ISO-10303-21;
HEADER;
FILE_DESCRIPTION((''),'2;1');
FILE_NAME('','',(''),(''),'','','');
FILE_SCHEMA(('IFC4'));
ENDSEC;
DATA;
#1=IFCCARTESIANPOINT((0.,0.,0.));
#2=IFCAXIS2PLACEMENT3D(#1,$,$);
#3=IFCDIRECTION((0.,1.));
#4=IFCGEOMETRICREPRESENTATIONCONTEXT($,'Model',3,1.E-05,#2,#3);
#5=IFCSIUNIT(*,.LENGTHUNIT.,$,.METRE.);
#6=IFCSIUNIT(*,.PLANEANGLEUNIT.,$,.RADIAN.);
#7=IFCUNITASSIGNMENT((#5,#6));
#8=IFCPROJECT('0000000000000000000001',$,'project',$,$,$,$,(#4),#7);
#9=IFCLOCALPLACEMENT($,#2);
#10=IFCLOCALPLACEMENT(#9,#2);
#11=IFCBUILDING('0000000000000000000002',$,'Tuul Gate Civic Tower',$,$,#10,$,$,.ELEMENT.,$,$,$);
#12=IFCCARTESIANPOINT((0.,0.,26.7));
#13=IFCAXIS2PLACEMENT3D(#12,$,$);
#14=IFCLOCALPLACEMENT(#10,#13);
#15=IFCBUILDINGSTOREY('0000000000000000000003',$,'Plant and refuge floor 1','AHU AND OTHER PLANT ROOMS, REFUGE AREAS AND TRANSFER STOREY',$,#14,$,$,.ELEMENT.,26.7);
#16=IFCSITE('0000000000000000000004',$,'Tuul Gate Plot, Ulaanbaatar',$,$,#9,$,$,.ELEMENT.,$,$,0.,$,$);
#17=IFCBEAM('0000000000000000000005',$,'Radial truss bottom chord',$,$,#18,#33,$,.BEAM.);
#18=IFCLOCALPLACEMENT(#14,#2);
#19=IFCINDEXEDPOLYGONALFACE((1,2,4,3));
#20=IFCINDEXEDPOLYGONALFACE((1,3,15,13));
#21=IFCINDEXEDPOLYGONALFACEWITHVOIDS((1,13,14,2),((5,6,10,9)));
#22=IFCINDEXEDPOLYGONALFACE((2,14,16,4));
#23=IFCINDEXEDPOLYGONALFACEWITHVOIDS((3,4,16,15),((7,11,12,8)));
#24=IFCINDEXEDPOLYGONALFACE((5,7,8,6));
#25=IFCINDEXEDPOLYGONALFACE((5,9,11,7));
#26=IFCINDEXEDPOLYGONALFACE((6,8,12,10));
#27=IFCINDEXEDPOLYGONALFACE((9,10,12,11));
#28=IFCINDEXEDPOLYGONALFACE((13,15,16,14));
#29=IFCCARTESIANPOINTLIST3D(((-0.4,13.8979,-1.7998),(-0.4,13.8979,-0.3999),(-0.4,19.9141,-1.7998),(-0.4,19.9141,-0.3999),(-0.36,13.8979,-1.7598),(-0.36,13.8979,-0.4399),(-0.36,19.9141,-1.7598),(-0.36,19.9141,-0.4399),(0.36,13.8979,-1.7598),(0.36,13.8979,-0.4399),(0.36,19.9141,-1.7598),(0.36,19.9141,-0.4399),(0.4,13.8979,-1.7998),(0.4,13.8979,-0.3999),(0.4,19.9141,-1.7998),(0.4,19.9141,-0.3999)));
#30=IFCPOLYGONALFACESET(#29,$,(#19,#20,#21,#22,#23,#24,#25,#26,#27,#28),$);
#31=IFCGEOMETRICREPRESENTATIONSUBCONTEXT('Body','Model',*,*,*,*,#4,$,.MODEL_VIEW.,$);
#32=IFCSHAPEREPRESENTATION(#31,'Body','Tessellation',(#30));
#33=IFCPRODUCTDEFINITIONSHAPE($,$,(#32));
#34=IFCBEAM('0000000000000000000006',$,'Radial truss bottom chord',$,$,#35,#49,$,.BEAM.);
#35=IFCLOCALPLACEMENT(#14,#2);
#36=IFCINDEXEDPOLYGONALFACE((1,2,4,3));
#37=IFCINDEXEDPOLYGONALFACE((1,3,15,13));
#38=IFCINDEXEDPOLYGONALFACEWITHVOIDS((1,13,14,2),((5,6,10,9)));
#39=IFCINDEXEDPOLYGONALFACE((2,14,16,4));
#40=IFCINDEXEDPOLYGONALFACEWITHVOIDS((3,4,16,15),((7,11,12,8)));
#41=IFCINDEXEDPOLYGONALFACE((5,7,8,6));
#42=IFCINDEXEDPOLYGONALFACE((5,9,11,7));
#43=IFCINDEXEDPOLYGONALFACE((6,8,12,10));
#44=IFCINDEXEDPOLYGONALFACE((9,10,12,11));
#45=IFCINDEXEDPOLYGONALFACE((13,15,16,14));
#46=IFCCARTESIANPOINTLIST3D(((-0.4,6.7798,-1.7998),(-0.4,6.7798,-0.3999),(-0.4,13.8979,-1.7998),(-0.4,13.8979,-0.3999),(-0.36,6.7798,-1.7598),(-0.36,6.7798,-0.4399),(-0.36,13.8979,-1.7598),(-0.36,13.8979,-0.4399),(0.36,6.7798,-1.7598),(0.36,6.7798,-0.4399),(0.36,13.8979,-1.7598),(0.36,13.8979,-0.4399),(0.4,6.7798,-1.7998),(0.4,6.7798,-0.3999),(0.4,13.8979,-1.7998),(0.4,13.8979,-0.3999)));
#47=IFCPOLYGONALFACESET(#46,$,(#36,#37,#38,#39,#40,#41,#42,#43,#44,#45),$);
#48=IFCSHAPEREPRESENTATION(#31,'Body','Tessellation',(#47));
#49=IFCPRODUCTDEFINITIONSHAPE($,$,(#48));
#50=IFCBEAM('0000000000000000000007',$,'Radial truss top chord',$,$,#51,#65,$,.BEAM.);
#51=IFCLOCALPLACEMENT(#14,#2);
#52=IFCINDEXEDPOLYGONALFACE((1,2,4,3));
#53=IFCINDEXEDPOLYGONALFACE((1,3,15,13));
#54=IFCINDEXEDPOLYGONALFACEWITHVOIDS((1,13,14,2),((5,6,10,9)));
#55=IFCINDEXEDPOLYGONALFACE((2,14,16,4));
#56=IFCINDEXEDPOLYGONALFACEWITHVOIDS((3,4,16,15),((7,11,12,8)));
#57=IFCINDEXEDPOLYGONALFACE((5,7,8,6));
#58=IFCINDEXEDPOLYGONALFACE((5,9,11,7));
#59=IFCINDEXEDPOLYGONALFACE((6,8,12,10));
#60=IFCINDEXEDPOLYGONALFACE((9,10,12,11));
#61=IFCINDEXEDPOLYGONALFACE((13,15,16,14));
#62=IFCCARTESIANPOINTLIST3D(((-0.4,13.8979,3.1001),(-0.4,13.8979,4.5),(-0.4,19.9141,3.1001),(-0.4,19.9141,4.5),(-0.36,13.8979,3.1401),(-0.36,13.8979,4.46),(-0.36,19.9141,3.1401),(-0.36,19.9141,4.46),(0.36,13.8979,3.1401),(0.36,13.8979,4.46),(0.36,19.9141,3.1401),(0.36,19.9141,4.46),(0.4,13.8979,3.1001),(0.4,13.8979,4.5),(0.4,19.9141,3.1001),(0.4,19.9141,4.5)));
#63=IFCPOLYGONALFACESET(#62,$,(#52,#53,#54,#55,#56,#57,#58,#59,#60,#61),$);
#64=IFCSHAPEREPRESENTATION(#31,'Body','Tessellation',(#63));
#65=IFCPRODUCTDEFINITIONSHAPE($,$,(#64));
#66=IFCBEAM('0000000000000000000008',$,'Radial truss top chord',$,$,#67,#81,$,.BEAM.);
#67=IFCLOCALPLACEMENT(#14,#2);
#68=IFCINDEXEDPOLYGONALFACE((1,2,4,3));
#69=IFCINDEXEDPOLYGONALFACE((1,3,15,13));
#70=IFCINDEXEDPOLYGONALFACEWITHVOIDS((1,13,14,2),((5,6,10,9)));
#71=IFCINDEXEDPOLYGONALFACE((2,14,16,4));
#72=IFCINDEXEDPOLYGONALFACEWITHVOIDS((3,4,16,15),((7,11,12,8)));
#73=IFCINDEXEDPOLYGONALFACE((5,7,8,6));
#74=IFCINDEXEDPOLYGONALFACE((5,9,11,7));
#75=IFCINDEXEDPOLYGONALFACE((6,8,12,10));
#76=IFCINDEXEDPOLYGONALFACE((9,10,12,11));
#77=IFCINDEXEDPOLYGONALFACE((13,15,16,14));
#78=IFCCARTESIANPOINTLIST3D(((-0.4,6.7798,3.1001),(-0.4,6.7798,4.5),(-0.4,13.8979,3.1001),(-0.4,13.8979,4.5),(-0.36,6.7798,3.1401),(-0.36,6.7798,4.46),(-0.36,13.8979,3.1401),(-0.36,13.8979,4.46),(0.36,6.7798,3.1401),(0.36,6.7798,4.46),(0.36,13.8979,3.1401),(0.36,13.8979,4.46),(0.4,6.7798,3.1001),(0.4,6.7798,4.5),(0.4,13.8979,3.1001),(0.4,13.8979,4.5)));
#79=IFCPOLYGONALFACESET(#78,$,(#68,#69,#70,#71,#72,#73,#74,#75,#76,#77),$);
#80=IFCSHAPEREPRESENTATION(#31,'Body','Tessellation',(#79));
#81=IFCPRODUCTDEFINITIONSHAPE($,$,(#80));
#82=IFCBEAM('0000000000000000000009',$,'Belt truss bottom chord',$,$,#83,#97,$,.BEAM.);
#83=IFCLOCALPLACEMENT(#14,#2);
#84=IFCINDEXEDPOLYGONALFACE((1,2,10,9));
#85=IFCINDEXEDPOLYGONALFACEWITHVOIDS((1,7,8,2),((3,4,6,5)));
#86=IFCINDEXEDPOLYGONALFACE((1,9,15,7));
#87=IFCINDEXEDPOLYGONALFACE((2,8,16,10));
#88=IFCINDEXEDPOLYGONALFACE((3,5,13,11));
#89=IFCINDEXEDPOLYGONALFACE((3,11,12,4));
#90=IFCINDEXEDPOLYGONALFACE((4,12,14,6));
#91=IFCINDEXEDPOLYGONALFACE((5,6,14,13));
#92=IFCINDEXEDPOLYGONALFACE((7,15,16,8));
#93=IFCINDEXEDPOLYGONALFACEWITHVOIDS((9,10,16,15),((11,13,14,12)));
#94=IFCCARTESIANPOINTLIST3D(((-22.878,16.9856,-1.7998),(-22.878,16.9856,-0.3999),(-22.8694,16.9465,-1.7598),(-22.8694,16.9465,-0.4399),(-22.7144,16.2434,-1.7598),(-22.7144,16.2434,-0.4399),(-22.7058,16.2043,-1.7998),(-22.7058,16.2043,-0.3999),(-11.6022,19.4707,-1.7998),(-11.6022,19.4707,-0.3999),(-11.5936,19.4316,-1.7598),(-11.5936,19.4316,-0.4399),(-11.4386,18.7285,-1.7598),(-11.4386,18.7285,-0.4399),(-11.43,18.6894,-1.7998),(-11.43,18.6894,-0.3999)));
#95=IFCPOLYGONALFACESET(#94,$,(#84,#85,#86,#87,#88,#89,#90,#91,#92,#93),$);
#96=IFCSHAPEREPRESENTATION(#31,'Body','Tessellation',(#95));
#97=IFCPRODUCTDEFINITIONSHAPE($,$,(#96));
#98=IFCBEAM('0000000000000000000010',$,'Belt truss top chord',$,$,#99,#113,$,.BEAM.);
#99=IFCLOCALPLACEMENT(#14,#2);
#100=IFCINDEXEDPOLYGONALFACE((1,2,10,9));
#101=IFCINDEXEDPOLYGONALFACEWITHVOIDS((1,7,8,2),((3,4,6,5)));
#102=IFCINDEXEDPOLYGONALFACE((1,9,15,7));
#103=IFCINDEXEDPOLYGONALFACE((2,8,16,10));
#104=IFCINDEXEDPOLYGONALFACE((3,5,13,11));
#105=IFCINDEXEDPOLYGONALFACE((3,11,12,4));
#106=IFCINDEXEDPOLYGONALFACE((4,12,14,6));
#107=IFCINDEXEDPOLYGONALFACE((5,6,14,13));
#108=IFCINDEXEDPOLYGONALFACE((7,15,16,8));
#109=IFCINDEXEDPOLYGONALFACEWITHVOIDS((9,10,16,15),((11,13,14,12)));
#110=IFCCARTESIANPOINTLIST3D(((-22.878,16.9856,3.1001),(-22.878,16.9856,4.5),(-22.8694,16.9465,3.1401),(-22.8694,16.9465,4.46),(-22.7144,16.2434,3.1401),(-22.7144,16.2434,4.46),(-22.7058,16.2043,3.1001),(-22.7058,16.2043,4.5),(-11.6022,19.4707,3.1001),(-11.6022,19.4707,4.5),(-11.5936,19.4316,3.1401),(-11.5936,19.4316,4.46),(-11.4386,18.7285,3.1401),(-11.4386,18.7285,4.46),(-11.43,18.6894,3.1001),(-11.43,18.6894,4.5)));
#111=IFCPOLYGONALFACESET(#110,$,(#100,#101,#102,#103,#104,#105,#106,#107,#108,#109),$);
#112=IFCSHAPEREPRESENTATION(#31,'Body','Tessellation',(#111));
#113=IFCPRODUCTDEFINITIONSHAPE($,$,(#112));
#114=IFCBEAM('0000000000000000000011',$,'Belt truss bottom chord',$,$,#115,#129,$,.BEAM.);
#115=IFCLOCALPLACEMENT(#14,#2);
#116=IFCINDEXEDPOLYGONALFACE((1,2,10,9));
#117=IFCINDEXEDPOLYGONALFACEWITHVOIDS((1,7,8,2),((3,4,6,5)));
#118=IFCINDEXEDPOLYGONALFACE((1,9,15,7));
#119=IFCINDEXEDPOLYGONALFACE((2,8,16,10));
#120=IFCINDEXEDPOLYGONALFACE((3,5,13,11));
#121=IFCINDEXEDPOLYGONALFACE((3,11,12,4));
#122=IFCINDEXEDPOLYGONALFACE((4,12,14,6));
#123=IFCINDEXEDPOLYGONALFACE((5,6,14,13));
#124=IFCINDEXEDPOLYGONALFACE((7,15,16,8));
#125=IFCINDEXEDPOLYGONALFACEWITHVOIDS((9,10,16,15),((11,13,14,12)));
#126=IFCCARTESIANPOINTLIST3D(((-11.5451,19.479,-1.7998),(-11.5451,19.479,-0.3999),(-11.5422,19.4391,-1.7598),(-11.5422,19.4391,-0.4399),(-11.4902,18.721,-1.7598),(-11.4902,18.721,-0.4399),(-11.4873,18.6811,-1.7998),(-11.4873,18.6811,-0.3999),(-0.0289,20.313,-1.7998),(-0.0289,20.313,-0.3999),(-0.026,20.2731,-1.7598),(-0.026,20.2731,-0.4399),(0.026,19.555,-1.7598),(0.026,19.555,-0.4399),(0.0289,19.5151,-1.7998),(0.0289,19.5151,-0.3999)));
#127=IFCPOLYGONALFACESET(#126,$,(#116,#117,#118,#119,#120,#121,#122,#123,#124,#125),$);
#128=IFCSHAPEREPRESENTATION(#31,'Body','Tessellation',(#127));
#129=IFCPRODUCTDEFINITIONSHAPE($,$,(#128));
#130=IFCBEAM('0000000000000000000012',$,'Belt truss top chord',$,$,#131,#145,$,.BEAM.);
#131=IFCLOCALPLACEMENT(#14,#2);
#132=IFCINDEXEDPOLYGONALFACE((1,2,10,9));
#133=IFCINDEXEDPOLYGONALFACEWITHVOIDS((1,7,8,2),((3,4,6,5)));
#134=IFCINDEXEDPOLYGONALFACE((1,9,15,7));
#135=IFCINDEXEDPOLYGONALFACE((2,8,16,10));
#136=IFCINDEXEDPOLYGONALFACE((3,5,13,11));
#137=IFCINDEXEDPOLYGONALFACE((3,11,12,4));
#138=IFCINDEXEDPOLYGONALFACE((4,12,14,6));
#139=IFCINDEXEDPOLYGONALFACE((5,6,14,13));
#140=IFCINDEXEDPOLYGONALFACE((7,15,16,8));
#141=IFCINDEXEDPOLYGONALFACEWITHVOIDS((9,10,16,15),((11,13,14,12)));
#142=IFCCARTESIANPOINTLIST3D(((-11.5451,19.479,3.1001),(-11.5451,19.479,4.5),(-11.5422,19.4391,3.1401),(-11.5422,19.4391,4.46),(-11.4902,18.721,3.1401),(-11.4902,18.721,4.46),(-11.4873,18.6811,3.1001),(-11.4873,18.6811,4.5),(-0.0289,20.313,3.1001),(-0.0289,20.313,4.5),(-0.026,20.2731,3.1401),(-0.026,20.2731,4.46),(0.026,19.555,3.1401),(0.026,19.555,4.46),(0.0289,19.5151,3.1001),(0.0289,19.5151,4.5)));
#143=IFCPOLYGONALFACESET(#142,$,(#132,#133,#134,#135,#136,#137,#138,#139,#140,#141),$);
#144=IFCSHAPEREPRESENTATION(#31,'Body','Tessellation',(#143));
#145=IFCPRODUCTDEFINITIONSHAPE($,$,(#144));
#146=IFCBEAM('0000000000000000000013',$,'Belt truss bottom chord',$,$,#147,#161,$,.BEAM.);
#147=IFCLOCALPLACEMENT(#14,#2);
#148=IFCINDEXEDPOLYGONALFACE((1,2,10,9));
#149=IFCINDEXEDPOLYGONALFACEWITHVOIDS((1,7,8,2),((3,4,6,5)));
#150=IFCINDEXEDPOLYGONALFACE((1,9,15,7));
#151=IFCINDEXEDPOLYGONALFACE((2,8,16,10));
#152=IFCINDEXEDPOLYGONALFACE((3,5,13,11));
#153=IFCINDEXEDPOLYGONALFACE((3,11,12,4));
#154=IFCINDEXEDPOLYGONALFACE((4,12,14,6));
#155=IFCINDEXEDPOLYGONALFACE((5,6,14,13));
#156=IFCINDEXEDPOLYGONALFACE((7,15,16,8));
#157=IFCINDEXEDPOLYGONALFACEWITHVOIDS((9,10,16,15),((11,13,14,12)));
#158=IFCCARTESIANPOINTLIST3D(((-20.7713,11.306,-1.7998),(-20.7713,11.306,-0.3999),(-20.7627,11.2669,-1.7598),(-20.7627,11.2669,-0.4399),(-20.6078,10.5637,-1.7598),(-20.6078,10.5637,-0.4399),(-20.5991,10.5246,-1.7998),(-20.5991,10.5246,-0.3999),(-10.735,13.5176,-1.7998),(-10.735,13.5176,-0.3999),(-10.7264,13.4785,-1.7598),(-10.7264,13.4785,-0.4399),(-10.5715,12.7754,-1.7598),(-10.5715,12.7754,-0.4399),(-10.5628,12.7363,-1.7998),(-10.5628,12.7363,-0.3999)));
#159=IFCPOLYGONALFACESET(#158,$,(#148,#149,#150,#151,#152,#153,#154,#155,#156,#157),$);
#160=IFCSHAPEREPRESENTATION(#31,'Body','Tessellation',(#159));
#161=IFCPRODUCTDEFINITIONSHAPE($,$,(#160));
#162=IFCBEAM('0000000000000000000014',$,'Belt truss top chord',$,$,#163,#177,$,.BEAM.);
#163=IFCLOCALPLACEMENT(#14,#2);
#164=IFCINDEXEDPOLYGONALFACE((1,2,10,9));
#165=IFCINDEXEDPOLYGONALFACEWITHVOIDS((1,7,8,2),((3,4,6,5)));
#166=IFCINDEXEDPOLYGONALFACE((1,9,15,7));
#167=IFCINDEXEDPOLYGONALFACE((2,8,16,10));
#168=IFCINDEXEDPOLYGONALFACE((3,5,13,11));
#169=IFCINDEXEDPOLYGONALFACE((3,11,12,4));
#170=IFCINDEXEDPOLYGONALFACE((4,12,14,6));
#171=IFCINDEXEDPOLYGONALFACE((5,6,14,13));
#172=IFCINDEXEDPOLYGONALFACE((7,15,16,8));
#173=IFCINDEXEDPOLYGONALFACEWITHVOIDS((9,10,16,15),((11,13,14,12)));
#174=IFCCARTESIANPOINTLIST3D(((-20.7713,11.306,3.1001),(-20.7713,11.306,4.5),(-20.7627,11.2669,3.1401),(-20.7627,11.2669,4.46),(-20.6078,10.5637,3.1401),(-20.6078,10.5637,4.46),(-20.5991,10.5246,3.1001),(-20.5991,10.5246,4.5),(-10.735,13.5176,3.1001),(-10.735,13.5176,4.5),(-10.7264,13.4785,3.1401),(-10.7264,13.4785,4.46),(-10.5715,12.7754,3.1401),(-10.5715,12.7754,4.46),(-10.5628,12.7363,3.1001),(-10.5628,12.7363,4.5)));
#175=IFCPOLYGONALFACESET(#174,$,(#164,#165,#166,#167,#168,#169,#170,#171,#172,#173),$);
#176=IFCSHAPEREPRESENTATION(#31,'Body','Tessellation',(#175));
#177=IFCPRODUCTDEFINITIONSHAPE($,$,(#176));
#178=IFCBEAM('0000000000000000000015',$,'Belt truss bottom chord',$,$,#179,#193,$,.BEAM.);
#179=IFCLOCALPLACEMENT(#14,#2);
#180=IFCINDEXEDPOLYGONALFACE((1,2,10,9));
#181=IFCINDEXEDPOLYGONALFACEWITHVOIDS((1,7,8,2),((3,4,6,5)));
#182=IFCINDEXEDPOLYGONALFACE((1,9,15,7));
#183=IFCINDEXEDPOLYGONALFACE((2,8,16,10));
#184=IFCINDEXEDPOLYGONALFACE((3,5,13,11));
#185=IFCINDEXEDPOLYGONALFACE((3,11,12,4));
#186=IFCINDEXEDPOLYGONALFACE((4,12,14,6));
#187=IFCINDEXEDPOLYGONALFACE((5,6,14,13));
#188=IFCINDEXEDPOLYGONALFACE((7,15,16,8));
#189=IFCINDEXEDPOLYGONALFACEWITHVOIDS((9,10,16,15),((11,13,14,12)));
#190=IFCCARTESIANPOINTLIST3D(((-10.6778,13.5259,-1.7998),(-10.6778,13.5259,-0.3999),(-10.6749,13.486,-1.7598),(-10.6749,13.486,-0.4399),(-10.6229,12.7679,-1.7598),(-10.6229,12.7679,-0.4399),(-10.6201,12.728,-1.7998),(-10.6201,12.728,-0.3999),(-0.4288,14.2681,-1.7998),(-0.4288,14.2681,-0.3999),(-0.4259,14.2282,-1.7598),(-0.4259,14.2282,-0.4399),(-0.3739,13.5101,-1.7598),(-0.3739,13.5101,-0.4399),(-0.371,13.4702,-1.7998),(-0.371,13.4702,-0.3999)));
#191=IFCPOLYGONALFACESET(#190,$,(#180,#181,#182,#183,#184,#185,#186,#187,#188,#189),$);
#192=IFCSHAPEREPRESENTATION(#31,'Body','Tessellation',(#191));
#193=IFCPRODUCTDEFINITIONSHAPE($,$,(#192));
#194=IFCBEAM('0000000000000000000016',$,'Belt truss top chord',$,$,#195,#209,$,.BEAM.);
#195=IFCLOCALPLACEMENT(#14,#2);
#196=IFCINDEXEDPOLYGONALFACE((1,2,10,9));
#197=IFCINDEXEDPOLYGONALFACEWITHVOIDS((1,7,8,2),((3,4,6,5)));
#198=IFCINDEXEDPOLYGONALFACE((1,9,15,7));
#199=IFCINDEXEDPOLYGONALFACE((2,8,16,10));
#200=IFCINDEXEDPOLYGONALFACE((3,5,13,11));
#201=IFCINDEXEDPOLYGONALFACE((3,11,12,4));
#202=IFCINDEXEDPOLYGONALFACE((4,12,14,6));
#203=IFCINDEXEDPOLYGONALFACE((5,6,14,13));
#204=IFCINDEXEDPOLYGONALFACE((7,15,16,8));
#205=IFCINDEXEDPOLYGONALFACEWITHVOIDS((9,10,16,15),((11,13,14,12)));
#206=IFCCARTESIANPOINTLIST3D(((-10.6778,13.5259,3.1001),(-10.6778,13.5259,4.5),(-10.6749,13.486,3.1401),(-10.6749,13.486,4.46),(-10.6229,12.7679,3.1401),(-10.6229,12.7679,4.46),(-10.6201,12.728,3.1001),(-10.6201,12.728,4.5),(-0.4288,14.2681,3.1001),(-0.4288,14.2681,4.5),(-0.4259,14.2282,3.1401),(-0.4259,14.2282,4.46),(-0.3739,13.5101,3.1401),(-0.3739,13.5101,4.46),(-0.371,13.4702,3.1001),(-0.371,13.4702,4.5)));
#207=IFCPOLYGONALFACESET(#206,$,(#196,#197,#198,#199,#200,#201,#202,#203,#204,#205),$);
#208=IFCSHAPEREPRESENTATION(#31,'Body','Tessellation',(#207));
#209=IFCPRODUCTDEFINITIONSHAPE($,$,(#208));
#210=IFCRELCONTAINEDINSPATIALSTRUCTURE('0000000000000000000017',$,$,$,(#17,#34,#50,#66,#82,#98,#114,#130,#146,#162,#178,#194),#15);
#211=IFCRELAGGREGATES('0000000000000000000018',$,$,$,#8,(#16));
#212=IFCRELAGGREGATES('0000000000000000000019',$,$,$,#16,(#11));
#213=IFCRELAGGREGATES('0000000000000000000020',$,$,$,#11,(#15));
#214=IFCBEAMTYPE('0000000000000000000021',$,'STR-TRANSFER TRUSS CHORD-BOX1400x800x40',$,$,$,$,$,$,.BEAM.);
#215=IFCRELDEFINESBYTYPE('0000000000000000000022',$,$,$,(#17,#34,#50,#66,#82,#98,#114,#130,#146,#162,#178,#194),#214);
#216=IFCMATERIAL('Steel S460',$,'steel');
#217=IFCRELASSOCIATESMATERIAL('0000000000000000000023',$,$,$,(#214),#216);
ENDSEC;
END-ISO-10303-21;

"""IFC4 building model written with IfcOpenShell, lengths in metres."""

from ifc_helpers import new_model, si_unit, direction, frame, origin, origin_2d, place, context, subcontext, project, spatial, hollow_rectangle, extrude, material, material_profile, profile_set, type_object, element, save


model = new_model("IFC4")

# Units and contexts
model_context = context("Model", 3, precision=1e-05, world=origin(), true_north=direction((0.0, 1.0)))
body_context = subcontext(model_context, "Body", "Model", "MODEL_VIEW")
ifc_project = project(units=[si_unit("LENGTHUNIT", "METRE"), si_unit("PLANEANGLEUNIT", "RADIAN")], contexts=[model_context])

# Site, building, storey
site_placement = place(None, origin())
site = spatial("IfcSite", under=ifc_project, at=site_placement, Name="Tuul Gate Plot, Ulaanbaatar", CompositionType="ELEMENT", RefElevation=0.0)
building_placement = place(site_placement, origin())
building = spatial("IfcBuilding", under=site, at=building_placement, Name="Tuul Gate Civic Tower", CompositionType="ELEMENT")
storey_placement = place(building_placement, frame((0.0, 0.0, 26.7)))
storey = spatial("IfcBuildingStorey", under=building, at=storey_placement, Name="Plant and refuge floor 1", Description="AHU AND OTHER PLANT ROOMS, REFUGE AREAS AND TRANSFER STOREY", CompositionType="ELEMENT", Elevation=26.7)

# Beams
ifc_material_1 = material(Name="Steel S460", Category="steel")
ifc_material_profile_1 = material_profile(ifc_material_1, hollow_rectangle(XDim=0.8, YDim=1.3999, WallThickness=0.04, at=origin_2d()), Name="BOX1400x800x40")
ifc_profile_set_1 = profile_set([ifc_material_profile_1], Name="Steel S460")
beam_type = type_object("IfcBeamType", Name="STR-TRANSFER TRUSS CHORD-BOX1400x800x40", PredefinedType="BEAM", material=ifc_profile_set_1)
beam_1_placement = place(storey_placement, frame((0.0, 19.9141, -1.0999), z_axis=(0.0, -1.0, 0.0), x_axis=(1.0, 0.0, 0.0)))
element("IfcBeam", 1, at=beam_1_placement, inside=storey, type_object=beam_type, Name="Radial truss bottom chord", PredefinedType="BEAM", context=body_context, shape_type="SweptSolid", body=[
    extrude(hollow_rectangle(XDim=0.8, YDim=1.3999, WallThickness=0.04, at=origin_2d()), origin(), (0.0, 0.0, 1.0), 6.0161),
])
beam_2_placement = place(storey_placement, frame((0.0, 13.8979, -1.0999), z_axis=(0.0, -1.0, 0.0), x_axis=(1.0, 0.0, 0.0)))
element("IfcBeam", 2, at=beam_2_placement, inside=storey, type_object=beam_type, Name="Radial truss bottom chord", PredefinedType="BEAM", context=body_context, shape_type="SweptSolid", body=[
    extrude(hollow_rectangle(XDim=0.8, YDim=1.3999, WallThickness=0.04, at=origin_2d()), origin(), (0.0, 0.0, 1.0), 7.1182),
])
beam_3_placement = place(storey_placement, frame((0.0, 19.9141, 3.8), z_axis=(0.0, -1.0, 0.0), x_axis=(1.0, 0.0, 0.0)))
element("IfcBeam", 3, at=beam_3_placement, inside=storey, type_object=beam_type, Name="Radial truss top chord", PredefinedType="BEAM", context=body_context, shape_type="SweptSolid", body=[
    extrude(hollow_rectangle(XDim=0.8, YDim=1.3999, WallThickness=0.04, at=origin_2d()), origin(), (0.0, 0.0, 1.0), 6.0161),
])
beam_4_placement = place(storey_placement, frame((0.0, 13.8979, 3.8), z_axis=(0.0, -1.0, 0.0), x_axis=(1.0, 0.0, 0.0)))
element("IfcBeam", 4, at=beam_4_placement, inside=storey, type_object=beam_type, Name="Radial truss top chord", PredefinedType="BEAM", context=body_context, shape_type="SweptSolid", body=[
    extrude(hollow_rectangle(XDim=0.8, YDim=1.3999, WallThickness=0.04, at=origin_2d()), origin(), (0.0, 0.0, 1.0), 7.1182),
])
for number, where, z_axis, x_axis, name in (
    (5, (-11.5161, 19.0801, -1.0999), (-0.976564, -0.215226, 0.0), (0.215226, -0.976564, 0.0), "Belt truss bottom chord"),
    (6, (-11.5161, 19.0801, 3.8), (-0.976564, -0.215226, 0.0), (0.215226, -0.976564, 0.0), "Belt truss top chord"),
    (7, (0.0, 19.9141, -1.0999), (-0.997388, -0.07223, 0.0), (0.07223, -0.997388, 0.0), "Belt truss bottom chord"),
    (8, (0.0, 19.9141, 3.8), (-0.997388, -0.07223, 0.0), (0.07223, -0.997388, 0.0), "Belt truss top chord"),
):
    element("IfcBeam", number, at=place(storey_placement, frame(where, z_axis=z_axis, x_axis=x_axis)), inside=storey, type_object=beam_type, Name=name, PredefinedType="BEAM", context=body_context, shape_type="SweptSolid", body=[
        extrude(hollow_rectangle(XDim=0.8, YDim=1.3999, WallThickness=0.04, at=origin_2d()), origin(), (0.0, 0.0, 1.0), 11.5464),
    ])
for number, where, z_axis, x_axis, name in (
    (9, (-10.6489, 13.127, -1.0999), (-0.97657, -0.215202, 0.0), (0.215202, -0.97657, 0.0), "Belt truss bottom chord"),
    (10, (-10.6489, 13.127, 3.8), (-0.97657, -0.215202, 0.0), (0.215202, -0.97657, 0.0), "Belt truss top chord"),
):
    element("IfcBeam", number, at=place(storey_placement, frame(where, z_axis=z_axis, x_axis=x_axis)), inside=storey, type_object=beam_type, Name=name, PredefinedType="BEAM", context=body_context, shape_type="SweptSolid", body=[
        extrude(hollow_rectangle(XDim=0.8, YDim=1.3999, WallThickness=0.04, at=origin_2d()), origin(), (0.0, 0.0, 1.0), 10.2771),
    ])
for number, where, z_axis, x_axis, name in (
    (11, (-0.3999, 13.8691, -1.0999), (-0.997388, -0.072226, 0.0), (0.072226, -0.997388, 0.0), "Belt truss bottom chord"),
    (12, (-0.3999, 13.8691, 3.8), (-0.997388, -0.072226, 0.0), (0.072226, -0.997388, 0.0), "Belt truss top chord"),
):
    element("IfcBeam", number, at=place(storey_placement, frame(where, z_axis=z_axis, x_axis=x_axis)), inside=storey, type_object=beam_type, Name=name, PredefinedType="BEAM", context=body_context, shape_type="SweptSolid", body=[
        extrude(hollow_rectangle(XDim=0.8, YDim=1.3999, WallThickness=0.04, at=origin_2d()), origin(), (0.0, 0.0, 1.0), 10.2759),
    ])

save(model, "model.ifc")
